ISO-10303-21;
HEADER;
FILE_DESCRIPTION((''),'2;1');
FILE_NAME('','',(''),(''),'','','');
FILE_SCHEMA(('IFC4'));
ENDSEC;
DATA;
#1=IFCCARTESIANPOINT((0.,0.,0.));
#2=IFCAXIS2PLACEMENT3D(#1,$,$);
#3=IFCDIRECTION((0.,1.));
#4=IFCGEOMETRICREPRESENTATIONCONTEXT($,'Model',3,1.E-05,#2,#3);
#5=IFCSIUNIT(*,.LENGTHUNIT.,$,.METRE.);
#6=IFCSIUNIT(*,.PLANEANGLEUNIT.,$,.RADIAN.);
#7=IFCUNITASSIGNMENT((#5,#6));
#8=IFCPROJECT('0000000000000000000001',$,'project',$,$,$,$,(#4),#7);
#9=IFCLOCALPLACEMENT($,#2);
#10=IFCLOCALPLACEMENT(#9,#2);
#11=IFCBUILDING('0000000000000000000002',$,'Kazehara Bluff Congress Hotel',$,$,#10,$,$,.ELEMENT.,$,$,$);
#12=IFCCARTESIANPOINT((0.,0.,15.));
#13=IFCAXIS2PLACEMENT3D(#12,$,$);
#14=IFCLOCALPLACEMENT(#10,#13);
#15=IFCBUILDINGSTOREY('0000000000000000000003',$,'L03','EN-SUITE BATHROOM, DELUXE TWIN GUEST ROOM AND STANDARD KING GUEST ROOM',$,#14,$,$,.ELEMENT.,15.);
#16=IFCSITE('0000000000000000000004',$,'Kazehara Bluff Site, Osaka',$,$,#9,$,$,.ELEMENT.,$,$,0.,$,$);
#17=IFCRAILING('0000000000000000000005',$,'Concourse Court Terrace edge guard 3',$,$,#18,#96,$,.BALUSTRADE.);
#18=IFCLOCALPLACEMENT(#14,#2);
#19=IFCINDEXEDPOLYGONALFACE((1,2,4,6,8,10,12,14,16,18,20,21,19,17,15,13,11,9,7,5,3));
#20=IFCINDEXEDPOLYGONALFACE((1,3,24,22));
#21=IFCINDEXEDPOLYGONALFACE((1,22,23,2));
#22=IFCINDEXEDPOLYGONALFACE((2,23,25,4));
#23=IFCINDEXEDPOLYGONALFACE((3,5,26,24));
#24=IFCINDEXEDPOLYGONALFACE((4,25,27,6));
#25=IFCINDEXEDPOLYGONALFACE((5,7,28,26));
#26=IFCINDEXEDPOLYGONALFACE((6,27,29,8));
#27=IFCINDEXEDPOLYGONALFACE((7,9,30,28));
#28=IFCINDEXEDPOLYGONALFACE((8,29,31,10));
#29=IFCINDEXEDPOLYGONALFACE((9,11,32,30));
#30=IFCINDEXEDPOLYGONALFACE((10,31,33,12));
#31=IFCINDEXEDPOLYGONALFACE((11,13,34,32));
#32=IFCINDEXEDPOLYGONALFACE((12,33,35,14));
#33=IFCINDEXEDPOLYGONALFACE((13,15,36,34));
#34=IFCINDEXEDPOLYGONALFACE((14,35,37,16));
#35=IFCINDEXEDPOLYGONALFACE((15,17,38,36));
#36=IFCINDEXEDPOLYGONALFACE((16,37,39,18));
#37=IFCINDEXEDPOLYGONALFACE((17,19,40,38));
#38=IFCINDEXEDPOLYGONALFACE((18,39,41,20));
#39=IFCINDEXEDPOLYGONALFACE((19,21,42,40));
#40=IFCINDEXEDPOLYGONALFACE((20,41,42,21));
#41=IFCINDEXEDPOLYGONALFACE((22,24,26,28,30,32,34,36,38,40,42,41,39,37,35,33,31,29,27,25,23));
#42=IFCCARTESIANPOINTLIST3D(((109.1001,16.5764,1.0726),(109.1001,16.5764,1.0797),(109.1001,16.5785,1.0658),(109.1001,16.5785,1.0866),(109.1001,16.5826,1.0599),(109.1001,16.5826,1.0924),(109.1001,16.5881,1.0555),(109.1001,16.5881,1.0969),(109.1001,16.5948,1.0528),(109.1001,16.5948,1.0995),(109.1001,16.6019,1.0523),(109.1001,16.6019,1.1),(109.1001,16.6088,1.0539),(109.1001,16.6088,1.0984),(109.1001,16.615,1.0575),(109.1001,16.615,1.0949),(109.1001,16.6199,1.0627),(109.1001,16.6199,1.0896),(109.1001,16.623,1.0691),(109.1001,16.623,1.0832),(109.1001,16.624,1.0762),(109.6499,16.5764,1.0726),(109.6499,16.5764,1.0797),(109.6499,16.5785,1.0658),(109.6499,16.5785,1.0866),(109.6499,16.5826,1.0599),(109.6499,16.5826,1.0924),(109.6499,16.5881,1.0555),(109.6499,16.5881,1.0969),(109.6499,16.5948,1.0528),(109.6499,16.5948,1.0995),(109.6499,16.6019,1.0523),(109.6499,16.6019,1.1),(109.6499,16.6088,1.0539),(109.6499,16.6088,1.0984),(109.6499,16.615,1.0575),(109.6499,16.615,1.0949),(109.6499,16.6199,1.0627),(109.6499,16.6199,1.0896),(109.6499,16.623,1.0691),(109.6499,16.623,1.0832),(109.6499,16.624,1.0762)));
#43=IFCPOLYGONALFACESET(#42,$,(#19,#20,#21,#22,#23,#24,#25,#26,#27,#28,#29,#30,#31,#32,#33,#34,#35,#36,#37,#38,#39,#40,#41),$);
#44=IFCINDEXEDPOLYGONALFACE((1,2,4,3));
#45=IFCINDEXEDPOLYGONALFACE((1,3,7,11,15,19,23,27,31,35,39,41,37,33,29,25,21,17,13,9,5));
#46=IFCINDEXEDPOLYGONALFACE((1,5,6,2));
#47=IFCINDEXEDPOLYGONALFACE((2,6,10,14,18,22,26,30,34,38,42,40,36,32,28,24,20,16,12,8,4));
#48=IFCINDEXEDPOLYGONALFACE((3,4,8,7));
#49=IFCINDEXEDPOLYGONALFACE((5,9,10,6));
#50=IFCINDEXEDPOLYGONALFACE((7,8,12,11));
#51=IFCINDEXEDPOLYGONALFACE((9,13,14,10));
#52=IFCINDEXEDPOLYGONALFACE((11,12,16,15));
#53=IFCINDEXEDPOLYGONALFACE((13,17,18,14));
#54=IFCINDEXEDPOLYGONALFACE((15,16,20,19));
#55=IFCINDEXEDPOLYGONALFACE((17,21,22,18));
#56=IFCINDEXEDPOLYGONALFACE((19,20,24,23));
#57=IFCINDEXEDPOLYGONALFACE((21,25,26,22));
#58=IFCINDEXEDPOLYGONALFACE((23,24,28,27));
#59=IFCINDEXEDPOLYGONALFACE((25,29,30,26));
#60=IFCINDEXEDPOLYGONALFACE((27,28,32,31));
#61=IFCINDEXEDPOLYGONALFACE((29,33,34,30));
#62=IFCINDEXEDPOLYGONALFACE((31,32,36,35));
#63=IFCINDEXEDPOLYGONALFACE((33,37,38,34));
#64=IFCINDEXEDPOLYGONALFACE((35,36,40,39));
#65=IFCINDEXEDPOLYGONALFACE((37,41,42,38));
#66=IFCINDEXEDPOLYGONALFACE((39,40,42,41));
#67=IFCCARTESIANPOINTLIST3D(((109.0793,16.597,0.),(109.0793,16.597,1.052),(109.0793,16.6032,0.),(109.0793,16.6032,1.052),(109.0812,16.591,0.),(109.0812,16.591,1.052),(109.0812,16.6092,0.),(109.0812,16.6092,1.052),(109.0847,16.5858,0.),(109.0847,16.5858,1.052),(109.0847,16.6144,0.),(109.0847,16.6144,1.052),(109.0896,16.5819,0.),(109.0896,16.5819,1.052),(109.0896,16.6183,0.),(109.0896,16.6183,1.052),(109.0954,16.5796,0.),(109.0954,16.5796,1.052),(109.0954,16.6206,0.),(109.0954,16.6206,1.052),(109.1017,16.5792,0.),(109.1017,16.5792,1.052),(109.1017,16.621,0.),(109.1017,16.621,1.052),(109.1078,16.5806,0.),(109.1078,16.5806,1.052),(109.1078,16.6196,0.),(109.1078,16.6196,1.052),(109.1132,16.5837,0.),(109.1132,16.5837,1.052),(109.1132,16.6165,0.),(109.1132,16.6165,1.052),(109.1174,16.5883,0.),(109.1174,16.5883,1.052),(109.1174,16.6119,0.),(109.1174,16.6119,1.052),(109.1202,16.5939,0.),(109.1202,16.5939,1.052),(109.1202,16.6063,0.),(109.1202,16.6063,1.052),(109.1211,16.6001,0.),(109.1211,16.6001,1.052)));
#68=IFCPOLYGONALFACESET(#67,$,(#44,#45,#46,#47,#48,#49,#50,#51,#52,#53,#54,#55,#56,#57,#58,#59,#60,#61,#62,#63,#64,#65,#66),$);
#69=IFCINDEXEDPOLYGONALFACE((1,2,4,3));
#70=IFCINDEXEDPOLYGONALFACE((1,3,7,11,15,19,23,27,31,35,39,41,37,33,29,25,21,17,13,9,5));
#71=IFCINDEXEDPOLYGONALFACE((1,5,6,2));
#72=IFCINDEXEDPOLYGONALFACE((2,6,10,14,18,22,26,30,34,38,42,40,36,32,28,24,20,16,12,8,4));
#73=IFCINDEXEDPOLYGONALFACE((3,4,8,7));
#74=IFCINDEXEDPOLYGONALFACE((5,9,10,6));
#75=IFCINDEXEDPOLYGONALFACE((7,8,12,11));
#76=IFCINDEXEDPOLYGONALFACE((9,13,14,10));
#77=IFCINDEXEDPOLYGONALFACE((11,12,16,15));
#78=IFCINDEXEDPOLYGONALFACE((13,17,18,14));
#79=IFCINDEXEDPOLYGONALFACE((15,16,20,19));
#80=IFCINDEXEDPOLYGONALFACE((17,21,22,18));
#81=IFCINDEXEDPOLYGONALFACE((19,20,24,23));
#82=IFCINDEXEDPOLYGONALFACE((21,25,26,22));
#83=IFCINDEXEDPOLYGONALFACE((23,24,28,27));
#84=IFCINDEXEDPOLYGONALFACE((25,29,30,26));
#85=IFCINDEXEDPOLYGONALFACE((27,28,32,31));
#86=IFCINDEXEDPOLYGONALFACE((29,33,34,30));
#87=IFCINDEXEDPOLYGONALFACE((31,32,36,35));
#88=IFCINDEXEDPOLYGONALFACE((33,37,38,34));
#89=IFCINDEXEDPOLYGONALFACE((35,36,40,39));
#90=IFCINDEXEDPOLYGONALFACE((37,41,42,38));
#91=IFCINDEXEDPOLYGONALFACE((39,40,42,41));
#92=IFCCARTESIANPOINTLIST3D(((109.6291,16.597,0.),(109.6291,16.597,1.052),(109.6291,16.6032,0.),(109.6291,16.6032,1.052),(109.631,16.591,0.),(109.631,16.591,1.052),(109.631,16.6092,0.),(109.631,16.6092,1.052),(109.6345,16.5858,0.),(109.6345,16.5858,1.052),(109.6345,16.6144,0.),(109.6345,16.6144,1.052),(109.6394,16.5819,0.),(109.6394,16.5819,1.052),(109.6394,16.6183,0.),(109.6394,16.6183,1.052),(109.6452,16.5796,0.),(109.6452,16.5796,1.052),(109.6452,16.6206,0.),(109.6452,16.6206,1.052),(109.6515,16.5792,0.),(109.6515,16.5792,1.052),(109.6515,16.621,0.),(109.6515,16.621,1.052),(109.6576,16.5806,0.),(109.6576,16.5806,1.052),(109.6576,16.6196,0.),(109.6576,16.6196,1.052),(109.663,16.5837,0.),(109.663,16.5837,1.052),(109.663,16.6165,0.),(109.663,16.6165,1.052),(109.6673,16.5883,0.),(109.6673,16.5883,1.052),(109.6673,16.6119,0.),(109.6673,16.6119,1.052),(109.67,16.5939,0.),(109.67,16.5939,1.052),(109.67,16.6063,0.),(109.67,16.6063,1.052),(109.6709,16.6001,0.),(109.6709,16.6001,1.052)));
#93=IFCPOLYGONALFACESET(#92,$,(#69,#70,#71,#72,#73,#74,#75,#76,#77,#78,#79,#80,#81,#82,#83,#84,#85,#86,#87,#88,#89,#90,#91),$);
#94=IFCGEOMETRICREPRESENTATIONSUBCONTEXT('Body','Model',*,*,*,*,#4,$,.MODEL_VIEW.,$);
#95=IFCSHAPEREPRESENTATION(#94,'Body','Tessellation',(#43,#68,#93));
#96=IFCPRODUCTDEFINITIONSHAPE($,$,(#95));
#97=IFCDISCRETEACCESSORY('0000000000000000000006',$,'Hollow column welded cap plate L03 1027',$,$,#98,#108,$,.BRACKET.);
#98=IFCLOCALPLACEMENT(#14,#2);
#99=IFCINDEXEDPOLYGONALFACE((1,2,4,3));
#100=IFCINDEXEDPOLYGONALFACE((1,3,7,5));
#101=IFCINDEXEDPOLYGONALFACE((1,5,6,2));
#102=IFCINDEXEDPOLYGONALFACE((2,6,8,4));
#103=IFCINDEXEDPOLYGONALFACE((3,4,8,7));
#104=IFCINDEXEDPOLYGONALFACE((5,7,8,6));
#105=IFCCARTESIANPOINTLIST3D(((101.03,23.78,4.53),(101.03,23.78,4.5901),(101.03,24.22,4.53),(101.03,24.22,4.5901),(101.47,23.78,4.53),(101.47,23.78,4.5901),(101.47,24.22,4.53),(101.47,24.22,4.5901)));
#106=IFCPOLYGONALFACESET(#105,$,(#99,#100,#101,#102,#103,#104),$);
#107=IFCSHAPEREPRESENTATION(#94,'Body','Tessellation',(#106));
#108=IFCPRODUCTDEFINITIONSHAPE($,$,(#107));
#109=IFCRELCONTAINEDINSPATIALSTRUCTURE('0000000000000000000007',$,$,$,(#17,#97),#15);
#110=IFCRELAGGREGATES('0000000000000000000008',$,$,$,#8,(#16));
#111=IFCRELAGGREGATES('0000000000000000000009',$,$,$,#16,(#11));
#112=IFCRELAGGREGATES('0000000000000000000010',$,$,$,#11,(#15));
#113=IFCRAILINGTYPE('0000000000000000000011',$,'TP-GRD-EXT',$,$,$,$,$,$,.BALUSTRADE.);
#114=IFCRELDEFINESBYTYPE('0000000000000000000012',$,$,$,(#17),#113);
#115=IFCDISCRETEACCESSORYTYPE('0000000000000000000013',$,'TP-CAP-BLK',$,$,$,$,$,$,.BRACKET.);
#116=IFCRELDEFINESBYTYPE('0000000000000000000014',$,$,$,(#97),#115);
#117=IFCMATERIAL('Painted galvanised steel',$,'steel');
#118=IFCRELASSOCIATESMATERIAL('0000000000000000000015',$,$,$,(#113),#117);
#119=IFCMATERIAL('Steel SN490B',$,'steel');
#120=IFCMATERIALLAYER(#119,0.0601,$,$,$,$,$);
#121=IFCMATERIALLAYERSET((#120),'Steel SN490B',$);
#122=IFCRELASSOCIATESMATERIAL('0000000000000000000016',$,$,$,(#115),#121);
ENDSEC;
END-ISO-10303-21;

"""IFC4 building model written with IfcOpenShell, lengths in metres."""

from ifc_helpers import new_model, si_unit, direction, frame, origin, origin_2d, place, context, subcontext, project, spatial, rectangle, circle, extrude, material, layer, layer_set, type_object, element, save


model = new_model("IFC4")

# Units and contexts
model_context = context("Model", 3, precision=1e-05, world=origin(), true_north=direction((0.0, 1.0)))
body_context = subcontext(model_context, "Body", "Model", "MODEL_VIEW")
ifc_project = project(units=[si_unit("LENGTHUNIT", "METRE"), si_unit("PLANEANGLEUNIT", "RADIAN")], contexts=[model_context])

# Site, building, storey
site_placement = place(None, origin())
site = spatial("IfcSite", under=ifc_project, at=site_placement, Name="Kazehara Bluff Site, Osaka", CompositionType="ELEMENT", RefElevation=0.0)
building_placement = place(site_placement, origin())
building = spatial("IfcBuilding", under=site, at=building_placement, Name="Kazehara Bluff Congress Hotel", CompositionType="ELEMENT")
storey_placement = place(building_placement, frame((0.0, 0.0, 15.0)))
storey = spatial("IfcBuildingStorey", under=building, at=storey_placement, Name="L03", Description="EN-SUITE BATHROOM, DELUXE TWIN GUEST ROOM AND STANDARD KING GUEST ROOM", CompositionType="ELEMENT", Elevation=15.0)

# Railing
ifc_material_1 = material(Name="Painted galvanised steel", Category="steel")
railing_type = type_object("IfcRailingType", Name="TP-GRD-EXT", PredefinedType="BALUSTRADE", material=ifc_material_1)
railing_1_placement = place(storey_placement, frame((109.1001, 16.6001, 0.0)))
element("IfcRailing", 1, at=railing_1_placement, inside=storey, type_object=railing_type, Name="Concourse Court Terrace edge guard 3", PredefinedType="BALUSTRADE", context=body_context, shape_type="SweptSolid", body=[
    extrude(circle(Radius=0.0239, at=origin_2d()), frame((0.0, 0.0, 1.0762), z_axis=(1.0, 0.0, 0.0), x_axis=(0.0, 1.0, 0.0)), (0.0, 0.0, 1.0), 0.5498),
    extrude(circle(Radius=0.021, at=origin_2d()), origin(), (0.0, 0.0, 1.0), 1.052),
    extrude(circle(Radius=0.021, at=origin_2d()), frame((0.5498, 0.0, 0.0)), (0.0, 0.0, 1.0), 1.052),
])

# Discrete accessory
ifc_material_2 = material(Name="Steel SN490B", Category="steel")
ifc_layer_1 = layer(ifc_material_2, 0.0601)
ifc_layer_set_1 = layer_set([ifc_layer_1], Name="Steel SN490B")
discrete_accessory_type = type_object("IfcDiscreteAccessoryType", Name="TP-CAP-BLK", PredefinedType="BRACKET", material=ifc_layer_set_1)
discrete_accessory_placement = place(storey_placement, frame((101.25, 24.0, 4.53), z_axis=(0.0, 0.0, 1.0), x_axis=(1.0, 0.0, 0.0)))
element("IfcDiscreteAccessory", 2, at=discrete_accessory_placement, inside=storey, type_object=discrete_accessory_type, Name="Hollow column welded cap plate L03 1027", PredefinedType="BRACKET", context=body_context, shape_type="SweptSolid", body=[
    extrude(rectangle(XDim=0.4399, YDim=0.4399, at=origin_2d()), origin(), (0.0, 0.0, 1.0), 0.0601),
])

save(model, "model.ifc")
